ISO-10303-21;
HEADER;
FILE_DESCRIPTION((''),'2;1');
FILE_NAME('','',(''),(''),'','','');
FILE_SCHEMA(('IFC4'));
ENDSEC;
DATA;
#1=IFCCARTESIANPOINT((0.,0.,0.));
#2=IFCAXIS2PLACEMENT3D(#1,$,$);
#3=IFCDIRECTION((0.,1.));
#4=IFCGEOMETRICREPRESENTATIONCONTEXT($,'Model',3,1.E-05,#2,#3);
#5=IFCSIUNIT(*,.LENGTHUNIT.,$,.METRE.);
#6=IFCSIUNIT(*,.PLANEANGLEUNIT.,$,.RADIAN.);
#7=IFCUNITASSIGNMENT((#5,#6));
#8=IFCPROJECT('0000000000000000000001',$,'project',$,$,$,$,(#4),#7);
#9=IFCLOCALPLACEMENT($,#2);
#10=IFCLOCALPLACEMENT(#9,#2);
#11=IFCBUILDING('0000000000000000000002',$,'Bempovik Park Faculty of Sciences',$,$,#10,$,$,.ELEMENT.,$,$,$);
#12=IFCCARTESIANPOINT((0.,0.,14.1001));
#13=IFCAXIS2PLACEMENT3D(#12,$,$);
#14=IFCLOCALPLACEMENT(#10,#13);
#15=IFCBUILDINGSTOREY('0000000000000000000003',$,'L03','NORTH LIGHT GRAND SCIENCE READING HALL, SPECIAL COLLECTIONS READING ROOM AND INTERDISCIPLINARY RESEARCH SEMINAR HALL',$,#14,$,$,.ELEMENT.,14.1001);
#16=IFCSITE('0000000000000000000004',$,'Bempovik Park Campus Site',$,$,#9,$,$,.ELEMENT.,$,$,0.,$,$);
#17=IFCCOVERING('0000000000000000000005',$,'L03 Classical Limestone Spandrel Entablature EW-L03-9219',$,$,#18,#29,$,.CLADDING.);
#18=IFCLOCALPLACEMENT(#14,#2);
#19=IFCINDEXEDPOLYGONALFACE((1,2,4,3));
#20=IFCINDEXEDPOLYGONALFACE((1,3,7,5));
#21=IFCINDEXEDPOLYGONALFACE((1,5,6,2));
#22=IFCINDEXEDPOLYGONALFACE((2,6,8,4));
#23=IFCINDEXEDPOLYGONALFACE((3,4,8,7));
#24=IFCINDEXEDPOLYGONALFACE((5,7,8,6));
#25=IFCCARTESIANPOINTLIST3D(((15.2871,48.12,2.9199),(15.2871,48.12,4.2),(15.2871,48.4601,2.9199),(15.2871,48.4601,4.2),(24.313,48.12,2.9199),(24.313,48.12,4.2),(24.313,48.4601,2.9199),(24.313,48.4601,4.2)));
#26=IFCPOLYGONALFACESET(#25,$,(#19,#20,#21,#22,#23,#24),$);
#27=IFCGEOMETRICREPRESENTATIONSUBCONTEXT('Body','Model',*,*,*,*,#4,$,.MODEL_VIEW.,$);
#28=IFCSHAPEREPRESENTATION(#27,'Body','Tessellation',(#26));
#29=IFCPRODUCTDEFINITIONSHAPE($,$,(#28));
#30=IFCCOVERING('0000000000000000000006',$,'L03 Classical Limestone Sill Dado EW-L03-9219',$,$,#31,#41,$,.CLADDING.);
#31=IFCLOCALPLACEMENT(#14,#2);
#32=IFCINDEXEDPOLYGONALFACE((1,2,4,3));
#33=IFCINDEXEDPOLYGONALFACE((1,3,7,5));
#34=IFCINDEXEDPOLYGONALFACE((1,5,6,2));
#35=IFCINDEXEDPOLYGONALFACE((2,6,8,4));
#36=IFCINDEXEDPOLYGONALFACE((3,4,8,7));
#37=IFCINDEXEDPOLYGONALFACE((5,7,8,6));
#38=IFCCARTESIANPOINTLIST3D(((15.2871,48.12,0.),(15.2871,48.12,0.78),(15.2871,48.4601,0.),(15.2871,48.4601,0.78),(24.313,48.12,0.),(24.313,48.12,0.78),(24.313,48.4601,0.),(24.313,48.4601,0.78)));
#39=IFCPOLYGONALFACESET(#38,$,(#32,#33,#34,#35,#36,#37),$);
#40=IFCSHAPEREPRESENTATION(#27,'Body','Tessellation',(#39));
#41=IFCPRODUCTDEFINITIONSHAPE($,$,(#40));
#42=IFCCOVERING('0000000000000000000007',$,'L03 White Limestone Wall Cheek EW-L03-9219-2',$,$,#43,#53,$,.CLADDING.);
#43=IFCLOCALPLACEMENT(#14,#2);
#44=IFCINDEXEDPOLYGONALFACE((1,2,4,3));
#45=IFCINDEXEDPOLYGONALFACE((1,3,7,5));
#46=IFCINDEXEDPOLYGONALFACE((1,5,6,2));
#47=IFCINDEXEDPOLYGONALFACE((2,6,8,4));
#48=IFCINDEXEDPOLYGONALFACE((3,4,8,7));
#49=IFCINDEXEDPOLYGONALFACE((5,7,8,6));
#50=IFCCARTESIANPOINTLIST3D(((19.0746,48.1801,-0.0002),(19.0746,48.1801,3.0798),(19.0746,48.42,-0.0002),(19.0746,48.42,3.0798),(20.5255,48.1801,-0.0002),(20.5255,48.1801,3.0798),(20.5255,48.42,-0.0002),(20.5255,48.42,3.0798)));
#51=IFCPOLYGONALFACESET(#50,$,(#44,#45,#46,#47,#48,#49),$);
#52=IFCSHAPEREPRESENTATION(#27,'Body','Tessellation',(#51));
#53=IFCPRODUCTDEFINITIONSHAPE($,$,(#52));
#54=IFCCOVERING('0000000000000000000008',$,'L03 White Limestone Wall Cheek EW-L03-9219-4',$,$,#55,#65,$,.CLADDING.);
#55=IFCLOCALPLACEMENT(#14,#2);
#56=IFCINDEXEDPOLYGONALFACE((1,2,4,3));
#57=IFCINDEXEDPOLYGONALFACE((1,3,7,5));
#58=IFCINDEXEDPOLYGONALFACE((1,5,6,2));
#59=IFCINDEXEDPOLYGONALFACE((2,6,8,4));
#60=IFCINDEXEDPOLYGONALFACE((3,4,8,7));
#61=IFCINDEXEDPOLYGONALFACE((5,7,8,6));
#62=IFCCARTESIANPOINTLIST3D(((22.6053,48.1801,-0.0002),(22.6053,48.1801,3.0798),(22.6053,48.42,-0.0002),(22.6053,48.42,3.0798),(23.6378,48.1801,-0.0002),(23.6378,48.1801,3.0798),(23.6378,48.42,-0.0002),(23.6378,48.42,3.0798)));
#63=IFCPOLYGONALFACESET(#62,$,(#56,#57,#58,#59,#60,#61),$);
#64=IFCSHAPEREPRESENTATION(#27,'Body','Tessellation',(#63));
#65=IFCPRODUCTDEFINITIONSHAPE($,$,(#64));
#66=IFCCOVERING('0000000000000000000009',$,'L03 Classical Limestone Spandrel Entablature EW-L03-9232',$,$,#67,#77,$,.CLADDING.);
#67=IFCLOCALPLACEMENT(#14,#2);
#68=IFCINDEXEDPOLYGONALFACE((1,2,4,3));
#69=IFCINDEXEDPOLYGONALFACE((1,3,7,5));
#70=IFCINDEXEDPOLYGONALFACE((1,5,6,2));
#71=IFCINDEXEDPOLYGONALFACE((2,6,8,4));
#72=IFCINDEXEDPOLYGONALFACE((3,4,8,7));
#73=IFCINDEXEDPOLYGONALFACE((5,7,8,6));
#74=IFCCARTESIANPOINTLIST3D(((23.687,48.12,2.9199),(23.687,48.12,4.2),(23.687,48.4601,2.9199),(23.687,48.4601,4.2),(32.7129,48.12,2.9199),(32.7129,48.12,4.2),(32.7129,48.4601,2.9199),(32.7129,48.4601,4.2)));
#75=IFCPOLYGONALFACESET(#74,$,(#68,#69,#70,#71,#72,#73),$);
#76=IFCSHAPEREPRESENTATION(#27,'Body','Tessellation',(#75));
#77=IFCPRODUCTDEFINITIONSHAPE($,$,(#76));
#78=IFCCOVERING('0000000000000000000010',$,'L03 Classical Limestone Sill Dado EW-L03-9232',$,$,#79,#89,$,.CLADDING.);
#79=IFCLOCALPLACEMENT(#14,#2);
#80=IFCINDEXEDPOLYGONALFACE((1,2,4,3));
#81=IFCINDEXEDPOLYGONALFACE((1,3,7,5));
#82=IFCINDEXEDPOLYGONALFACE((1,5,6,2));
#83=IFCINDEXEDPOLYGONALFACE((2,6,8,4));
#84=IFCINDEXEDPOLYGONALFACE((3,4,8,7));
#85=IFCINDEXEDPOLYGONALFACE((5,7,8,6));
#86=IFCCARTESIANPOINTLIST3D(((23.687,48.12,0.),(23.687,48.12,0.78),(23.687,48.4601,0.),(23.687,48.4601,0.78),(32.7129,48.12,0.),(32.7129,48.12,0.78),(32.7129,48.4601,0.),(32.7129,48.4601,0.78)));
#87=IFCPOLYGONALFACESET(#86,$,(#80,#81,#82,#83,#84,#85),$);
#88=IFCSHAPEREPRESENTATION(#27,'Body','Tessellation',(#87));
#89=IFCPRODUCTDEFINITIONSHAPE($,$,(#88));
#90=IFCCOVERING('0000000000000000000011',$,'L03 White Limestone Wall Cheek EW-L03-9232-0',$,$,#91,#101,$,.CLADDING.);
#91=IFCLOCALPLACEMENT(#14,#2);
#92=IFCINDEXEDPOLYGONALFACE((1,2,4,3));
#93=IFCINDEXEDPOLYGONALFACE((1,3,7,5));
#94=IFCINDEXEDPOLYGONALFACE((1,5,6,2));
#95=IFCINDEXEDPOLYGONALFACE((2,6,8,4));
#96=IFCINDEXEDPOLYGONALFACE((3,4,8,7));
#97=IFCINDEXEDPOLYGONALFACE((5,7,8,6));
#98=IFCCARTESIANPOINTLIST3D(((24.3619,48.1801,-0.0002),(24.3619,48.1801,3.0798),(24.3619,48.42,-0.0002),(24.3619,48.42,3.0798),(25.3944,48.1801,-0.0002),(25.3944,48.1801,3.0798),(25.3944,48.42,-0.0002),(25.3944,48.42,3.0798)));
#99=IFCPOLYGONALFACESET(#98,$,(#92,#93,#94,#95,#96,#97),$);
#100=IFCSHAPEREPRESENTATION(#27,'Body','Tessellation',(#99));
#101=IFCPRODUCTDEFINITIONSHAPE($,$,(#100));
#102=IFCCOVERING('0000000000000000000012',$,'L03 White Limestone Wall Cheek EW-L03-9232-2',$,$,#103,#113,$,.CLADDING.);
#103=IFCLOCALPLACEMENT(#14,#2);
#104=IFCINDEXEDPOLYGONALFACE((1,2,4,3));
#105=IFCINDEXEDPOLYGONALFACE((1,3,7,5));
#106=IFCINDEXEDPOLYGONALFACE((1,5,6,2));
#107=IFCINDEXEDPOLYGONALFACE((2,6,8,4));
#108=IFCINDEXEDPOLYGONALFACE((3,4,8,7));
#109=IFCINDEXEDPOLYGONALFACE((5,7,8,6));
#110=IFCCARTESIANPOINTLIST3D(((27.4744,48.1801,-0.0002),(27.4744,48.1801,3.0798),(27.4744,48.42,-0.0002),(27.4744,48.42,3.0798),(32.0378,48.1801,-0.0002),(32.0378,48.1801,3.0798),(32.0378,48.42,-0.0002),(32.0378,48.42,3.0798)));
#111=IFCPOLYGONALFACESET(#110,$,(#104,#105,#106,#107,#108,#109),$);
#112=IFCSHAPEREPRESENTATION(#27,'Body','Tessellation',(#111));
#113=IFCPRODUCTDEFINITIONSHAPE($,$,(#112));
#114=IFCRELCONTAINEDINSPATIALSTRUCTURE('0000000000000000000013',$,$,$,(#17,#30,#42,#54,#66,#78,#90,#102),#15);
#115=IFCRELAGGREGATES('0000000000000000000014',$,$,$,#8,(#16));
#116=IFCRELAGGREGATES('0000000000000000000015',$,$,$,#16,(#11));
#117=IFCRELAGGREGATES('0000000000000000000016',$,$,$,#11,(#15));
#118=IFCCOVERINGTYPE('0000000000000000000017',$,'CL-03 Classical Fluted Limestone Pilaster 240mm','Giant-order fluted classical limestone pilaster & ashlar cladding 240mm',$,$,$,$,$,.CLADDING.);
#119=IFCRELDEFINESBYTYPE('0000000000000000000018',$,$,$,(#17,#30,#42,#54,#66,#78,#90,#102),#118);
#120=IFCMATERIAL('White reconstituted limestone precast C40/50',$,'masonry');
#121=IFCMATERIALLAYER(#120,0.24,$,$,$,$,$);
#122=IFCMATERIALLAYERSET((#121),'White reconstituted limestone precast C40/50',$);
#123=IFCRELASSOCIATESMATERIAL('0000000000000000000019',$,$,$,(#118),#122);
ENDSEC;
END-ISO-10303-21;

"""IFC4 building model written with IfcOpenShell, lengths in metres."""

from ifc_helpers import new_model, si_unit, direction, frame, origin, origin_2d, place, context, subcontext, project, spatial, rectangle, extrude, material, layer, layer_set, type_object, element, save


model = new_model("IFC4")

# Units and contexts
model_context = context("Model", 3, precision=1e-05, world=origin(), true_north=direction((0.0, 1.0)))
body_context = subcontext(model_context, "Body", "Model", "MODEL_VIEW")
ifc_project = project(units=[si_unit("LENGTHUNIT", "METRE"), si_unit("PLANEANGLEUNIT", "RADIAN")], contexts=[model_context])

# Site, building, storey
site_placement = place(None, origin())
site = spatial("IfcSite", under=ifc_project, at=site_placement, Name="Bempovik Park Campus Site", CompositionType="ELEMENT", RefElevation=0.0)
building_placement = place(site_placement, origin())
building = spatial("IfcBuilding", under=site, at=building_placement, Name="Bempovik Park Faculty of Sciences", CompositionType="ELEMENT")
storey_placement = place(building_placement, frame((0.0, 0.0, 14.1001)))
storey = spatial("IfcBuildingStorey", under=building, at=storey_placement, Name="L03", Description="NORTH LIGHT GRAND SCIENCE READING HALL, SPECIAL COLLECTIONS READING ROOM AND INTERDISCIPLINARY RESEARCH SEMINAR HALL", CompositionType="ELEMENT", Elevation=14.1001)

# Coverings
ifc_material_1 = material(Name="White reconstituted limestone precast C40/50", Category="masonry")
ifc_layer_1 = layer(ifc_material_1, 0.24)
ifc_layer_set_1 = layer_set([ifc_layer_1], Name="White reconstituted limestone precast C40/50")
covering_type = type_object("IfcCoveringType", Name="CL-03 Classical Fluted Limestone Pilaster 240mm", Description="Giant-order fluted classical limestone pilaster & ashlar cladding 240mm", PredefinedType="CLADDING", material=ifc_layer_set_1)
covering_1_placement = place(storey_placement, frame((19.8, 48.29, 2.9199), z_axis=(0.0, 0.0, 1.0), x_axis=(1.0, 0.0, 0.0)))
element("IfcCovering", 1, at=covering_1_placement, inside=storey, type_object=covering_type, Name="L03 Classical Limestone Spandrel Entablature EW-L03-9219", PredefinedType="CLADDING", context=body_context, shape_type="SweptSolid", body=[
    extrude(rectangle(XDim=9.0259, YDim=0.3401, at=origin_2d()), origin(), (0.0, 0.0, 1.0), 1.28),
])
covering_2_placement = place(storey_placement, frame((19.8, 48.29, 0.0), z_axis=(0.0, 0.0, 1.0), x_axis=(1.0, 0.0, 0.0)))
element("IfcCovering", 2, at=covering_2_placement, inside=storey, type_object=covering_type, Name="L03 Classical Limestone Sill Dado EW-L03-9219", PredefinedType="CLADDING", context=body_context, shape_type="SweptSolid", body=[
    extrude(rectangle(XDim=9.0259, YDim=0.3401, at=origin_2d()), origin(), (0.0, 0.0, 1.0), 0.78),
])
covering_3_placement = place(storey_placement, frame((19.8, 48.3, -0.0002), z_axis=(0.0, 0.0, 1.0), x_axis=(1.0, 0.0, 0.0)))
element("IfcCovering", 3, at=covering_3_placement, inside=storey, type_object=covering_type, Name="L03 White Limestone Wall Cheek EW-L03-9219-2", PredefinedType="CLADDING", context=body_context, shape_type="SweptSolid", body=[
    extrude(rectangle(XDim=1.4509, YDim=0.24, at=origin_2d()), origin(), (0.0, 0.0, 1.0), 3.0801),
])
covering_4_placement = place(storey_placement, frame((23.1216, 48.3, -0.0002), z_axis=(0.0, 0.0, 1.0), x_axis=(1.0, 0.0, 0.0)))
element("IfcCovering", 4, at=covering_4_placement, inside=storey, type_object=covering_type, Name="L03 White Limestone Wall Cheek EW-L03-9219-4", PredefinedType="CLADDING", context=body_context, shape_type="SweptSolid", body=[
    extrude(rectangle(XDim=1.0325, YDim=0.24, at=origin_2d()), origin(), (0.0, 0.0, 1.0), 3.0801),
])
covering_5_placement = place(storey_placement, frame((28.2, 48.29, 2.9199), z_axis=(0.0, 0.0, 1.0), x_axis=(1.0, 0.0, 0.0)))
element("IfcCovering", 5, at=covering_5_placement, inside=storey, type_object=covering_type, Name="L03 Classical Limestone Spandrel Entablature EW-L03-9232", PredefinedType="CLADDING", context=body_context, shape_type="SweptSolid", body=[
    extrude(rectangle(XDim=9.0259, YDim=0.3401, at=origin_2d()), origin(), (0.0, 0.0, 1.0), 1.28),
])
covering_6_placement = place(storey_placement, frame((28.2, 48.29, 0.0), z_axis=(0.0, 0.0, 1.0), x_axis=(1.0, 0.0, 0.0)))
element("IfcCovering", 6, at=covering_6_placement, inside=storey, type_object=covering_type, Name="L03 Classical Limestone Sill Dado EW-L03-9232", PredefinedType="CLADDING", context=body_context, shape_type="SweptSolid", body=[
    extrude(rectangle(XDim=9.0259, YDim=0.3401, at=origin_2d()), origin(), (0.0, 0.0, 1.0), 0.78),
])
covering_7_placement = place(storey_placement, frame((24.8782, 48.3, -0.0002), z_axis=(0.0, 0.0, 1.0), x_axis=(1.0, 0.0, 0.0)))
element("IfcCovering", 7, at=covering_7_placement, inside=storey, type_object=covering_type, Name="L03 White Limestone Wall Cheek EW-L03-9232-0", PredefinedType="CLADDING", context=body_context, shape_type="SweptSolid", body=[
    extrude(rectangle(XDim=1.0325, YDim=0.24, at=origin_2d()), origin(), (0.0, 0.0, 1.0), 3.0801),
])
covering_8_placement = place(storey_placement, frame((29.7561, 48.3, -0.0002), z_axis=(0.0, 0.0, 1.0), x_axis=(1.0, 0.0, 0.0)))
element("IfcCovering", 8, at=covering_8_placement, inside=storey, type_object=covering_type, Name="L03 White Limestone Wall Cheek EW-L03-9232-2", PredefinedType="CLADDING", context=body_context, shape_type="SweptSolid", body=[
    extrude(rectangle(XDim=4.5635, YDim=0.24, at=origin_2d()), origin(), (0.0, 0.0, 1.0), 3.0801),
])

save(model, "model.ifc")
